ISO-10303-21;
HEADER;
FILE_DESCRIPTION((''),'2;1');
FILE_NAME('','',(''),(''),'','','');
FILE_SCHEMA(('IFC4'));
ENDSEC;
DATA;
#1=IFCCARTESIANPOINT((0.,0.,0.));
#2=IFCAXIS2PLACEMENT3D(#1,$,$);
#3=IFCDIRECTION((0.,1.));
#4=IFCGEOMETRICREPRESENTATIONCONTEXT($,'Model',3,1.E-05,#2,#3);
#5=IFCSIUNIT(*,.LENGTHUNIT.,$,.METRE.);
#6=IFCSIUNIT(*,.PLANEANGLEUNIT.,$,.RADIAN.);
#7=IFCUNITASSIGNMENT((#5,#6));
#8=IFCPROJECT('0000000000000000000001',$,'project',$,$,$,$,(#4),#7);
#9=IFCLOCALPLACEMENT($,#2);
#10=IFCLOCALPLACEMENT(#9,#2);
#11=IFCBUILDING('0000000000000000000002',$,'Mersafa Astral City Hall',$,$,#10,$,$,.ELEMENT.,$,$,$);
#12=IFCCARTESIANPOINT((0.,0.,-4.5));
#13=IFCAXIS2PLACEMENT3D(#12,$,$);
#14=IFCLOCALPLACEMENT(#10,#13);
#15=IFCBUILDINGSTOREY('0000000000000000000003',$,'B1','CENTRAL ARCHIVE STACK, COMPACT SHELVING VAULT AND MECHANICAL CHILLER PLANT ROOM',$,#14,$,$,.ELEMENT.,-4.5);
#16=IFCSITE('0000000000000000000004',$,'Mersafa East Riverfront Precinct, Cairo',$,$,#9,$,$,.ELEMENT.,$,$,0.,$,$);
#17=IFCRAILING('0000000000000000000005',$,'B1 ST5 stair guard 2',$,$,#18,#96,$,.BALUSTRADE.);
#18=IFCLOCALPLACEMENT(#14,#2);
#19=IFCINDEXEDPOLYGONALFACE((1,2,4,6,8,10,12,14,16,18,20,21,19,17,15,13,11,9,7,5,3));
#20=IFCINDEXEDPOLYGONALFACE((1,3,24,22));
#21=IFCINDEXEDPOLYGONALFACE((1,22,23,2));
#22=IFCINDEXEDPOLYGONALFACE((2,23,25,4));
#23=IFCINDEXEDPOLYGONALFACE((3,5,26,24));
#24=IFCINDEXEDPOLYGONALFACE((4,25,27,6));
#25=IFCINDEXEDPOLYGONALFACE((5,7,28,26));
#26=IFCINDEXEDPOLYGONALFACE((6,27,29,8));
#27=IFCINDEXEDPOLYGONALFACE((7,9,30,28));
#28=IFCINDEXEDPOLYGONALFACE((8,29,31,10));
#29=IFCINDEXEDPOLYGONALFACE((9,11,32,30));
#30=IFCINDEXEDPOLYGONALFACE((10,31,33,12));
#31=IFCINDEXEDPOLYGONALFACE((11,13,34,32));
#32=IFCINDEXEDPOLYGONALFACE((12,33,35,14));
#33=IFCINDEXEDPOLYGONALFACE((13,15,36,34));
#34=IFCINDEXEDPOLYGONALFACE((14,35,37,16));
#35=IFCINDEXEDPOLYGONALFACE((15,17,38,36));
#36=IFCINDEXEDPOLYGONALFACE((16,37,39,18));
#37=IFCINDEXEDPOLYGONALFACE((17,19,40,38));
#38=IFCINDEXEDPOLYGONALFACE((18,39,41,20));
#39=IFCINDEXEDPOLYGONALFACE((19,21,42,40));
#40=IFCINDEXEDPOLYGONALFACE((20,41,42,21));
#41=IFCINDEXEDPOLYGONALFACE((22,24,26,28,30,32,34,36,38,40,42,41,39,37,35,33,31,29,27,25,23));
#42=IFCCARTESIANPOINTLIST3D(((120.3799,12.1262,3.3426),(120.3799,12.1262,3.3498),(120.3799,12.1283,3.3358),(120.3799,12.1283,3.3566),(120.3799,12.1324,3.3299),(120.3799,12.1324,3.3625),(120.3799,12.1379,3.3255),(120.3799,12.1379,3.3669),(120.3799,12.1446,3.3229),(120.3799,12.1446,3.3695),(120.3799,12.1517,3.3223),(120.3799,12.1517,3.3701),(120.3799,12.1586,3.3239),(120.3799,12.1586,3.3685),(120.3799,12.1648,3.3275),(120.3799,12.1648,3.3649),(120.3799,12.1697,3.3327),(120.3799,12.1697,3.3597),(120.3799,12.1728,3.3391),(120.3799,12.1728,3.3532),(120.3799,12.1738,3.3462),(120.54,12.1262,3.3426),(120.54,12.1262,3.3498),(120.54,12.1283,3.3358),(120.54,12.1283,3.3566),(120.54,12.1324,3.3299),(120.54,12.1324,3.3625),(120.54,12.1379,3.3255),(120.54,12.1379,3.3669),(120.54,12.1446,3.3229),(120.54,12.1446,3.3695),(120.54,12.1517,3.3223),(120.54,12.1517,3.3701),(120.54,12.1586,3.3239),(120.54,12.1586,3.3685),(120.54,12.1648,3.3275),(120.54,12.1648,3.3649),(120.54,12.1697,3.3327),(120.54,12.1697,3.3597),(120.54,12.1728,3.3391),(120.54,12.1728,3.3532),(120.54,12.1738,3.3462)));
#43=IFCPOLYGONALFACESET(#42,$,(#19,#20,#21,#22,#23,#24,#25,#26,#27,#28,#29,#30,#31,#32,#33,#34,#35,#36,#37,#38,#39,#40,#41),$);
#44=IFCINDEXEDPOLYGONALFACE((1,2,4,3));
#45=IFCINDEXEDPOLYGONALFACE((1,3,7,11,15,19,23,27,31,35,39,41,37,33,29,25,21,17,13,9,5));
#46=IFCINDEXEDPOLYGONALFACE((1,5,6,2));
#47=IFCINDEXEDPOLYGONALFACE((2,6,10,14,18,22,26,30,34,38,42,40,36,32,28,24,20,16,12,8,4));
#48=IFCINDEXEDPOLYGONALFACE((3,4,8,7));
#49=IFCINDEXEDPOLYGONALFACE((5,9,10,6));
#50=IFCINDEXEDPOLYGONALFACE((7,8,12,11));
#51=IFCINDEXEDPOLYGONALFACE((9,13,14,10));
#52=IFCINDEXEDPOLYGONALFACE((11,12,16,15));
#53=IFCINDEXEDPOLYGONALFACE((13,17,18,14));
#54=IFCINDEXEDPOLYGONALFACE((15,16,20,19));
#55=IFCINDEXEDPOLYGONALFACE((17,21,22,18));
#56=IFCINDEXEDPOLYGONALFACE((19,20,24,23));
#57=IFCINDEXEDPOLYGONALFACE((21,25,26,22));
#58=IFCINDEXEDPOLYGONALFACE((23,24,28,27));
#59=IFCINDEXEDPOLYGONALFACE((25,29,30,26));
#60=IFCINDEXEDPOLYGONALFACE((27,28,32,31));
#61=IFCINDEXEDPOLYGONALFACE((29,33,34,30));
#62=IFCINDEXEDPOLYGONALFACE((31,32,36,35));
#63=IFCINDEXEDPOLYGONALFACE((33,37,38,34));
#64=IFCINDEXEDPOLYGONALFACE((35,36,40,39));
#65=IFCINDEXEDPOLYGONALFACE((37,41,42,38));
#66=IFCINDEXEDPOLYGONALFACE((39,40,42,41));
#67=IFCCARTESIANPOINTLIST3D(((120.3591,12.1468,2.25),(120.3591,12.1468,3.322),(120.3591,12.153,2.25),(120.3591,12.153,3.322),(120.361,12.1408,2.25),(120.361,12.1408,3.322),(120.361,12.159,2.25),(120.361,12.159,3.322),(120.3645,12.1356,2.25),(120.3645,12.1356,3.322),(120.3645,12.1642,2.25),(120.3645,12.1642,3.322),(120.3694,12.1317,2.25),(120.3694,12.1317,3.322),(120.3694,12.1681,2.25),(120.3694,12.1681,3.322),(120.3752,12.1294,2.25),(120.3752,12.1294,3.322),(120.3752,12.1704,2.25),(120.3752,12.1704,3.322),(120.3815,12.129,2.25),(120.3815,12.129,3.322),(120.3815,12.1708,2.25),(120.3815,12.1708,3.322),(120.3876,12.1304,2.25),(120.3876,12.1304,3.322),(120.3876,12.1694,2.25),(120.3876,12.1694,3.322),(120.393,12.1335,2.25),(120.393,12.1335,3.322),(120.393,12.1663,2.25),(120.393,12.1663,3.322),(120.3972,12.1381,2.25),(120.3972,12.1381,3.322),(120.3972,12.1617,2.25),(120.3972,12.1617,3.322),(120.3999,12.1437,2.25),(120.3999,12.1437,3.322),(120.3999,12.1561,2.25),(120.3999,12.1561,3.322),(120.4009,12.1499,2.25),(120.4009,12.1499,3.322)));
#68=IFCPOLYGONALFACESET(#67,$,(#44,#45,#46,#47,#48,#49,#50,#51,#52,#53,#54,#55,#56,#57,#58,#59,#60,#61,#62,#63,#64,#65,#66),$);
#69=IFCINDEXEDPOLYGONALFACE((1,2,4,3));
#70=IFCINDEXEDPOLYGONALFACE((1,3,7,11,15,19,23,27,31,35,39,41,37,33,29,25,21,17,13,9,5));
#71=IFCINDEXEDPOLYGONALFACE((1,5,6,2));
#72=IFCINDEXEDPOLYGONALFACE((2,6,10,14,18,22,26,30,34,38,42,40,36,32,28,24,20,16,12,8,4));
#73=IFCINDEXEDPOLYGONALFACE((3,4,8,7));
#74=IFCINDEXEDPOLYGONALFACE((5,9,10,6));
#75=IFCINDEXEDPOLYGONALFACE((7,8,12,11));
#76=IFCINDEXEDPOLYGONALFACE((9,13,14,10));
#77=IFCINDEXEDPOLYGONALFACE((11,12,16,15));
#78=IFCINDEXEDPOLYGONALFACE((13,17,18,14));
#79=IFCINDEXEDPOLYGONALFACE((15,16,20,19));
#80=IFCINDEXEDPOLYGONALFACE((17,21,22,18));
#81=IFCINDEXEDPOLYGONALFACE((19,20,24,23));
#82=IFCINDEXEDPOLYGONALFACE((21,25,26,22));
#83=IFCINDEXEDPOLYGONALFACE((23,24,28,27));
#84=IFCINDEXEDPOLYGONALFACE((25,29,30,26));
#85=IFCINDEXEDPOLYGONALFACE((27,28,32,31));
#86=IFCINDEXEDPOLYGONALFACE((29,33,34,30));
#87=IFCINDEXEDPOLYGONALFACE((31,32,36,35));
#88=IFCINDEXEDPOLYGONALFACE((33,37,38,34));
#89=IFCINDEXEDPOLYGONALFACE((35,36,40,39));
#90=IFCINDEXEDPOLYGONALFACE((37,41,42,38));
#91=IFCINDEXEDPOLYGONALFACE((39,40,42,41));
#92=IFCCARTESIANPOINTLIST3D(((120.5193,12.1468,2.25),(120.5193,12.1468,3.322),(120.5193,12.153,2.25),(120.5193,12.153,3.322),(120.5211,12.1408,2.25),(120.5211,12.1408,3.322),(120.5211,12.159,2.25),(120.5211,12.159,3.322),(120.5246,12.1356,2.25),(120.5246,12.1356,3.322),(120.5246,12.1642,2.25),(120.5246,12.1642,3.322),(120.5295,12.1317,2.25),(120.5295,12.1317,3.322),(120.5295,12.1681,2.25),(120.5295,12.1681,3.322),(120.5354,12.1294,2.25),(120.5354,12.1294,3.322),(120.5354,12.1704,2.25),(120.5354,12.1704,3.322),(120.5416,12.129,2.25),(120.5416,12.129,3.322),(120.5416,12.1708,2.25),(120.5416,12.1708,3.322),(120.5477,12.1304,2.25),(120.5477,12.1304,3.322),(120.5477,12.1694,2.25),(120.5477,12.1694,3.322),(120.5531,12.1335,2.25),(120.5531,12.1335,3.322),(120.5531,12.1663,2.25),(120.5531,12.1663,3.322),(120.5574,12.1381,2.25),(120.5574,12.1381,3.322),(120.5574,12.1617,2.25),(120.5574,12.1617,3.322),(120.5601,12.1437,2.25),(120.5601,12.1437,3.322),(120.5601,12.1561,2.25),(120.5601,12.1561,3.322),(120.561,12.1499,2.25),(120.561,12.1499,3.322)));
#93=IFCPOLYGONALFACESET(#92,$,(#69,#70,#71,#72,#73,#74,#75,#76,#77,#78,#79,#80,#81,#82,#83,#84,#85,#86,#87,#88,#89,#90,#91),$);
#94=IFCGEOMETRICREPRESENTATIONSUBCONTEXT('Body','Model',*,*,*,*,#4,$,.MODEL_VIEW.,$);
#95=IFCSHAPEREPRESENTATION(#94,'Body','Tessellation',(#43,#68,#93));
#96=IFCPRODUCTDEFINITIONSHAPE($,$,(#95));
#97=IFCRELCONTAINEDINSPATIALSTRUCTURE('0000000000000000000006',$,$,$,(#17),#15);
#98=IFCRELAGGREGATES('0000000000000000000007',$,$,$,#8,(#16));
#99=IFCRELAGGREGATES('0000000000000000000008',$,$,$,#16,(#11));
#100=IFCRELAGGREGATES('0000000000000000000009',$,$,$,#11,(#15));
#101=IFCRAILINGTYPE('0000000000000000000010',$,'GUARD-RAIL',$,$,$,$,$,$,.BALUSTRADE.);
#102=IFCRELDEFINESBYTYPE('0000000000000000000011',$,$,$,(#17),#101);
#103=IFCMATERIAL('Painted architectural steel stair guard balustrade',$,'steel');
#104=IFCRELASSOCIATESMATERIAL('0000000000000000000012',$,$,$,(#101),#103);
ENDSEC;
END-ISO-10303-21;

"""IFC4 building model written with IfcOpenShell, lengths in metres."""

from ifc_helpers import new_model, si_unit, direction, frame, origin, origin_2d, place, context, subcontext, project, spatial, circle, extrude, material, type_object, element, save


model = new_model("IFC4")

# Units and contexts
model_context = context("Model", 3, precision=1e-05, world=origin(), true_north=direction((0.0, 1.0)))
body_context = subcontext(model_context, "Body", "Model", "MODEL_VIEW")
ifc_project = project(units=[si_unit("LENGTHUNIT", "METRE"), si_unit("PLANEANGLEUNIT", "RADIAN")], contexts=[model_context])

# Site, building, storey
site_placement = place(None, origin())
site = spatial("IfcSite", under=ifc_project, at=site_placement, Name="Mersafa East Riverfront Precinct, Cairo", CompositionType="ELEMENT", RefElevation=0.0)
building_placement = place(site_placement, origin())
building = spatial("IfcBuilding", under=site, at=building_placement, Name="Mersafa Astral City Hall", CompositionType="ELEMENT")
storey_placement = place(building_placement, frame((0.0, 0.0, -4.5)))
storey = spatial("IfcBuildingStorey", under=building, at=storey_placement, Name="B1", Description="CENTRAL ARCHIVE STACK, COMPACT SHELVING VAULT AND MECHANICAL CHILLER PLANT ROOM", CompositionType="ELEMENT", Elevation=-4.5)

# Railing
ifc_material_1 = material(Name="Painted architectural steel stair guard balustrade", Category="steel")
railing_type_1 = type_object("IfcRailingType", Name="GUARD-RAIL", PredefinedType="BALUSTRADE", material=ifc_material_1)
railing_1_placement = place(storey_placement, frame((120.3799, 12.1499, 2.25)))
element("IfcRailing", 1, at=railing_1_placement, inside=storey, type_object=railing_type_1, Name="B1 ST5 stair guard 2", PredefinedType="BALUSTRADE", context=body_context, shape_type="SweptSolid", body=[
    extrude(circle(Radius=0.0239, at=origin_2d()), frame((0.0, 0.0, 1.0962), z_axis=(1.0, 0.0, 0.0), x_axis=(0.0, 1.0, 0.0)), (0.0, 0.0, 1.0), 0.1602),
    extrude(circle(Radius=0.021, at=origin_2d()), origin(), (0.0, 0.0, 1.0), 1.072),
    extrude(circle(Radius=0.021, at=origin_2d()), frame((0.1602, 0.0, 0.0)), (0.0, 0.0, 1.0), 1.072),
])

save(model, "model.ifc")
